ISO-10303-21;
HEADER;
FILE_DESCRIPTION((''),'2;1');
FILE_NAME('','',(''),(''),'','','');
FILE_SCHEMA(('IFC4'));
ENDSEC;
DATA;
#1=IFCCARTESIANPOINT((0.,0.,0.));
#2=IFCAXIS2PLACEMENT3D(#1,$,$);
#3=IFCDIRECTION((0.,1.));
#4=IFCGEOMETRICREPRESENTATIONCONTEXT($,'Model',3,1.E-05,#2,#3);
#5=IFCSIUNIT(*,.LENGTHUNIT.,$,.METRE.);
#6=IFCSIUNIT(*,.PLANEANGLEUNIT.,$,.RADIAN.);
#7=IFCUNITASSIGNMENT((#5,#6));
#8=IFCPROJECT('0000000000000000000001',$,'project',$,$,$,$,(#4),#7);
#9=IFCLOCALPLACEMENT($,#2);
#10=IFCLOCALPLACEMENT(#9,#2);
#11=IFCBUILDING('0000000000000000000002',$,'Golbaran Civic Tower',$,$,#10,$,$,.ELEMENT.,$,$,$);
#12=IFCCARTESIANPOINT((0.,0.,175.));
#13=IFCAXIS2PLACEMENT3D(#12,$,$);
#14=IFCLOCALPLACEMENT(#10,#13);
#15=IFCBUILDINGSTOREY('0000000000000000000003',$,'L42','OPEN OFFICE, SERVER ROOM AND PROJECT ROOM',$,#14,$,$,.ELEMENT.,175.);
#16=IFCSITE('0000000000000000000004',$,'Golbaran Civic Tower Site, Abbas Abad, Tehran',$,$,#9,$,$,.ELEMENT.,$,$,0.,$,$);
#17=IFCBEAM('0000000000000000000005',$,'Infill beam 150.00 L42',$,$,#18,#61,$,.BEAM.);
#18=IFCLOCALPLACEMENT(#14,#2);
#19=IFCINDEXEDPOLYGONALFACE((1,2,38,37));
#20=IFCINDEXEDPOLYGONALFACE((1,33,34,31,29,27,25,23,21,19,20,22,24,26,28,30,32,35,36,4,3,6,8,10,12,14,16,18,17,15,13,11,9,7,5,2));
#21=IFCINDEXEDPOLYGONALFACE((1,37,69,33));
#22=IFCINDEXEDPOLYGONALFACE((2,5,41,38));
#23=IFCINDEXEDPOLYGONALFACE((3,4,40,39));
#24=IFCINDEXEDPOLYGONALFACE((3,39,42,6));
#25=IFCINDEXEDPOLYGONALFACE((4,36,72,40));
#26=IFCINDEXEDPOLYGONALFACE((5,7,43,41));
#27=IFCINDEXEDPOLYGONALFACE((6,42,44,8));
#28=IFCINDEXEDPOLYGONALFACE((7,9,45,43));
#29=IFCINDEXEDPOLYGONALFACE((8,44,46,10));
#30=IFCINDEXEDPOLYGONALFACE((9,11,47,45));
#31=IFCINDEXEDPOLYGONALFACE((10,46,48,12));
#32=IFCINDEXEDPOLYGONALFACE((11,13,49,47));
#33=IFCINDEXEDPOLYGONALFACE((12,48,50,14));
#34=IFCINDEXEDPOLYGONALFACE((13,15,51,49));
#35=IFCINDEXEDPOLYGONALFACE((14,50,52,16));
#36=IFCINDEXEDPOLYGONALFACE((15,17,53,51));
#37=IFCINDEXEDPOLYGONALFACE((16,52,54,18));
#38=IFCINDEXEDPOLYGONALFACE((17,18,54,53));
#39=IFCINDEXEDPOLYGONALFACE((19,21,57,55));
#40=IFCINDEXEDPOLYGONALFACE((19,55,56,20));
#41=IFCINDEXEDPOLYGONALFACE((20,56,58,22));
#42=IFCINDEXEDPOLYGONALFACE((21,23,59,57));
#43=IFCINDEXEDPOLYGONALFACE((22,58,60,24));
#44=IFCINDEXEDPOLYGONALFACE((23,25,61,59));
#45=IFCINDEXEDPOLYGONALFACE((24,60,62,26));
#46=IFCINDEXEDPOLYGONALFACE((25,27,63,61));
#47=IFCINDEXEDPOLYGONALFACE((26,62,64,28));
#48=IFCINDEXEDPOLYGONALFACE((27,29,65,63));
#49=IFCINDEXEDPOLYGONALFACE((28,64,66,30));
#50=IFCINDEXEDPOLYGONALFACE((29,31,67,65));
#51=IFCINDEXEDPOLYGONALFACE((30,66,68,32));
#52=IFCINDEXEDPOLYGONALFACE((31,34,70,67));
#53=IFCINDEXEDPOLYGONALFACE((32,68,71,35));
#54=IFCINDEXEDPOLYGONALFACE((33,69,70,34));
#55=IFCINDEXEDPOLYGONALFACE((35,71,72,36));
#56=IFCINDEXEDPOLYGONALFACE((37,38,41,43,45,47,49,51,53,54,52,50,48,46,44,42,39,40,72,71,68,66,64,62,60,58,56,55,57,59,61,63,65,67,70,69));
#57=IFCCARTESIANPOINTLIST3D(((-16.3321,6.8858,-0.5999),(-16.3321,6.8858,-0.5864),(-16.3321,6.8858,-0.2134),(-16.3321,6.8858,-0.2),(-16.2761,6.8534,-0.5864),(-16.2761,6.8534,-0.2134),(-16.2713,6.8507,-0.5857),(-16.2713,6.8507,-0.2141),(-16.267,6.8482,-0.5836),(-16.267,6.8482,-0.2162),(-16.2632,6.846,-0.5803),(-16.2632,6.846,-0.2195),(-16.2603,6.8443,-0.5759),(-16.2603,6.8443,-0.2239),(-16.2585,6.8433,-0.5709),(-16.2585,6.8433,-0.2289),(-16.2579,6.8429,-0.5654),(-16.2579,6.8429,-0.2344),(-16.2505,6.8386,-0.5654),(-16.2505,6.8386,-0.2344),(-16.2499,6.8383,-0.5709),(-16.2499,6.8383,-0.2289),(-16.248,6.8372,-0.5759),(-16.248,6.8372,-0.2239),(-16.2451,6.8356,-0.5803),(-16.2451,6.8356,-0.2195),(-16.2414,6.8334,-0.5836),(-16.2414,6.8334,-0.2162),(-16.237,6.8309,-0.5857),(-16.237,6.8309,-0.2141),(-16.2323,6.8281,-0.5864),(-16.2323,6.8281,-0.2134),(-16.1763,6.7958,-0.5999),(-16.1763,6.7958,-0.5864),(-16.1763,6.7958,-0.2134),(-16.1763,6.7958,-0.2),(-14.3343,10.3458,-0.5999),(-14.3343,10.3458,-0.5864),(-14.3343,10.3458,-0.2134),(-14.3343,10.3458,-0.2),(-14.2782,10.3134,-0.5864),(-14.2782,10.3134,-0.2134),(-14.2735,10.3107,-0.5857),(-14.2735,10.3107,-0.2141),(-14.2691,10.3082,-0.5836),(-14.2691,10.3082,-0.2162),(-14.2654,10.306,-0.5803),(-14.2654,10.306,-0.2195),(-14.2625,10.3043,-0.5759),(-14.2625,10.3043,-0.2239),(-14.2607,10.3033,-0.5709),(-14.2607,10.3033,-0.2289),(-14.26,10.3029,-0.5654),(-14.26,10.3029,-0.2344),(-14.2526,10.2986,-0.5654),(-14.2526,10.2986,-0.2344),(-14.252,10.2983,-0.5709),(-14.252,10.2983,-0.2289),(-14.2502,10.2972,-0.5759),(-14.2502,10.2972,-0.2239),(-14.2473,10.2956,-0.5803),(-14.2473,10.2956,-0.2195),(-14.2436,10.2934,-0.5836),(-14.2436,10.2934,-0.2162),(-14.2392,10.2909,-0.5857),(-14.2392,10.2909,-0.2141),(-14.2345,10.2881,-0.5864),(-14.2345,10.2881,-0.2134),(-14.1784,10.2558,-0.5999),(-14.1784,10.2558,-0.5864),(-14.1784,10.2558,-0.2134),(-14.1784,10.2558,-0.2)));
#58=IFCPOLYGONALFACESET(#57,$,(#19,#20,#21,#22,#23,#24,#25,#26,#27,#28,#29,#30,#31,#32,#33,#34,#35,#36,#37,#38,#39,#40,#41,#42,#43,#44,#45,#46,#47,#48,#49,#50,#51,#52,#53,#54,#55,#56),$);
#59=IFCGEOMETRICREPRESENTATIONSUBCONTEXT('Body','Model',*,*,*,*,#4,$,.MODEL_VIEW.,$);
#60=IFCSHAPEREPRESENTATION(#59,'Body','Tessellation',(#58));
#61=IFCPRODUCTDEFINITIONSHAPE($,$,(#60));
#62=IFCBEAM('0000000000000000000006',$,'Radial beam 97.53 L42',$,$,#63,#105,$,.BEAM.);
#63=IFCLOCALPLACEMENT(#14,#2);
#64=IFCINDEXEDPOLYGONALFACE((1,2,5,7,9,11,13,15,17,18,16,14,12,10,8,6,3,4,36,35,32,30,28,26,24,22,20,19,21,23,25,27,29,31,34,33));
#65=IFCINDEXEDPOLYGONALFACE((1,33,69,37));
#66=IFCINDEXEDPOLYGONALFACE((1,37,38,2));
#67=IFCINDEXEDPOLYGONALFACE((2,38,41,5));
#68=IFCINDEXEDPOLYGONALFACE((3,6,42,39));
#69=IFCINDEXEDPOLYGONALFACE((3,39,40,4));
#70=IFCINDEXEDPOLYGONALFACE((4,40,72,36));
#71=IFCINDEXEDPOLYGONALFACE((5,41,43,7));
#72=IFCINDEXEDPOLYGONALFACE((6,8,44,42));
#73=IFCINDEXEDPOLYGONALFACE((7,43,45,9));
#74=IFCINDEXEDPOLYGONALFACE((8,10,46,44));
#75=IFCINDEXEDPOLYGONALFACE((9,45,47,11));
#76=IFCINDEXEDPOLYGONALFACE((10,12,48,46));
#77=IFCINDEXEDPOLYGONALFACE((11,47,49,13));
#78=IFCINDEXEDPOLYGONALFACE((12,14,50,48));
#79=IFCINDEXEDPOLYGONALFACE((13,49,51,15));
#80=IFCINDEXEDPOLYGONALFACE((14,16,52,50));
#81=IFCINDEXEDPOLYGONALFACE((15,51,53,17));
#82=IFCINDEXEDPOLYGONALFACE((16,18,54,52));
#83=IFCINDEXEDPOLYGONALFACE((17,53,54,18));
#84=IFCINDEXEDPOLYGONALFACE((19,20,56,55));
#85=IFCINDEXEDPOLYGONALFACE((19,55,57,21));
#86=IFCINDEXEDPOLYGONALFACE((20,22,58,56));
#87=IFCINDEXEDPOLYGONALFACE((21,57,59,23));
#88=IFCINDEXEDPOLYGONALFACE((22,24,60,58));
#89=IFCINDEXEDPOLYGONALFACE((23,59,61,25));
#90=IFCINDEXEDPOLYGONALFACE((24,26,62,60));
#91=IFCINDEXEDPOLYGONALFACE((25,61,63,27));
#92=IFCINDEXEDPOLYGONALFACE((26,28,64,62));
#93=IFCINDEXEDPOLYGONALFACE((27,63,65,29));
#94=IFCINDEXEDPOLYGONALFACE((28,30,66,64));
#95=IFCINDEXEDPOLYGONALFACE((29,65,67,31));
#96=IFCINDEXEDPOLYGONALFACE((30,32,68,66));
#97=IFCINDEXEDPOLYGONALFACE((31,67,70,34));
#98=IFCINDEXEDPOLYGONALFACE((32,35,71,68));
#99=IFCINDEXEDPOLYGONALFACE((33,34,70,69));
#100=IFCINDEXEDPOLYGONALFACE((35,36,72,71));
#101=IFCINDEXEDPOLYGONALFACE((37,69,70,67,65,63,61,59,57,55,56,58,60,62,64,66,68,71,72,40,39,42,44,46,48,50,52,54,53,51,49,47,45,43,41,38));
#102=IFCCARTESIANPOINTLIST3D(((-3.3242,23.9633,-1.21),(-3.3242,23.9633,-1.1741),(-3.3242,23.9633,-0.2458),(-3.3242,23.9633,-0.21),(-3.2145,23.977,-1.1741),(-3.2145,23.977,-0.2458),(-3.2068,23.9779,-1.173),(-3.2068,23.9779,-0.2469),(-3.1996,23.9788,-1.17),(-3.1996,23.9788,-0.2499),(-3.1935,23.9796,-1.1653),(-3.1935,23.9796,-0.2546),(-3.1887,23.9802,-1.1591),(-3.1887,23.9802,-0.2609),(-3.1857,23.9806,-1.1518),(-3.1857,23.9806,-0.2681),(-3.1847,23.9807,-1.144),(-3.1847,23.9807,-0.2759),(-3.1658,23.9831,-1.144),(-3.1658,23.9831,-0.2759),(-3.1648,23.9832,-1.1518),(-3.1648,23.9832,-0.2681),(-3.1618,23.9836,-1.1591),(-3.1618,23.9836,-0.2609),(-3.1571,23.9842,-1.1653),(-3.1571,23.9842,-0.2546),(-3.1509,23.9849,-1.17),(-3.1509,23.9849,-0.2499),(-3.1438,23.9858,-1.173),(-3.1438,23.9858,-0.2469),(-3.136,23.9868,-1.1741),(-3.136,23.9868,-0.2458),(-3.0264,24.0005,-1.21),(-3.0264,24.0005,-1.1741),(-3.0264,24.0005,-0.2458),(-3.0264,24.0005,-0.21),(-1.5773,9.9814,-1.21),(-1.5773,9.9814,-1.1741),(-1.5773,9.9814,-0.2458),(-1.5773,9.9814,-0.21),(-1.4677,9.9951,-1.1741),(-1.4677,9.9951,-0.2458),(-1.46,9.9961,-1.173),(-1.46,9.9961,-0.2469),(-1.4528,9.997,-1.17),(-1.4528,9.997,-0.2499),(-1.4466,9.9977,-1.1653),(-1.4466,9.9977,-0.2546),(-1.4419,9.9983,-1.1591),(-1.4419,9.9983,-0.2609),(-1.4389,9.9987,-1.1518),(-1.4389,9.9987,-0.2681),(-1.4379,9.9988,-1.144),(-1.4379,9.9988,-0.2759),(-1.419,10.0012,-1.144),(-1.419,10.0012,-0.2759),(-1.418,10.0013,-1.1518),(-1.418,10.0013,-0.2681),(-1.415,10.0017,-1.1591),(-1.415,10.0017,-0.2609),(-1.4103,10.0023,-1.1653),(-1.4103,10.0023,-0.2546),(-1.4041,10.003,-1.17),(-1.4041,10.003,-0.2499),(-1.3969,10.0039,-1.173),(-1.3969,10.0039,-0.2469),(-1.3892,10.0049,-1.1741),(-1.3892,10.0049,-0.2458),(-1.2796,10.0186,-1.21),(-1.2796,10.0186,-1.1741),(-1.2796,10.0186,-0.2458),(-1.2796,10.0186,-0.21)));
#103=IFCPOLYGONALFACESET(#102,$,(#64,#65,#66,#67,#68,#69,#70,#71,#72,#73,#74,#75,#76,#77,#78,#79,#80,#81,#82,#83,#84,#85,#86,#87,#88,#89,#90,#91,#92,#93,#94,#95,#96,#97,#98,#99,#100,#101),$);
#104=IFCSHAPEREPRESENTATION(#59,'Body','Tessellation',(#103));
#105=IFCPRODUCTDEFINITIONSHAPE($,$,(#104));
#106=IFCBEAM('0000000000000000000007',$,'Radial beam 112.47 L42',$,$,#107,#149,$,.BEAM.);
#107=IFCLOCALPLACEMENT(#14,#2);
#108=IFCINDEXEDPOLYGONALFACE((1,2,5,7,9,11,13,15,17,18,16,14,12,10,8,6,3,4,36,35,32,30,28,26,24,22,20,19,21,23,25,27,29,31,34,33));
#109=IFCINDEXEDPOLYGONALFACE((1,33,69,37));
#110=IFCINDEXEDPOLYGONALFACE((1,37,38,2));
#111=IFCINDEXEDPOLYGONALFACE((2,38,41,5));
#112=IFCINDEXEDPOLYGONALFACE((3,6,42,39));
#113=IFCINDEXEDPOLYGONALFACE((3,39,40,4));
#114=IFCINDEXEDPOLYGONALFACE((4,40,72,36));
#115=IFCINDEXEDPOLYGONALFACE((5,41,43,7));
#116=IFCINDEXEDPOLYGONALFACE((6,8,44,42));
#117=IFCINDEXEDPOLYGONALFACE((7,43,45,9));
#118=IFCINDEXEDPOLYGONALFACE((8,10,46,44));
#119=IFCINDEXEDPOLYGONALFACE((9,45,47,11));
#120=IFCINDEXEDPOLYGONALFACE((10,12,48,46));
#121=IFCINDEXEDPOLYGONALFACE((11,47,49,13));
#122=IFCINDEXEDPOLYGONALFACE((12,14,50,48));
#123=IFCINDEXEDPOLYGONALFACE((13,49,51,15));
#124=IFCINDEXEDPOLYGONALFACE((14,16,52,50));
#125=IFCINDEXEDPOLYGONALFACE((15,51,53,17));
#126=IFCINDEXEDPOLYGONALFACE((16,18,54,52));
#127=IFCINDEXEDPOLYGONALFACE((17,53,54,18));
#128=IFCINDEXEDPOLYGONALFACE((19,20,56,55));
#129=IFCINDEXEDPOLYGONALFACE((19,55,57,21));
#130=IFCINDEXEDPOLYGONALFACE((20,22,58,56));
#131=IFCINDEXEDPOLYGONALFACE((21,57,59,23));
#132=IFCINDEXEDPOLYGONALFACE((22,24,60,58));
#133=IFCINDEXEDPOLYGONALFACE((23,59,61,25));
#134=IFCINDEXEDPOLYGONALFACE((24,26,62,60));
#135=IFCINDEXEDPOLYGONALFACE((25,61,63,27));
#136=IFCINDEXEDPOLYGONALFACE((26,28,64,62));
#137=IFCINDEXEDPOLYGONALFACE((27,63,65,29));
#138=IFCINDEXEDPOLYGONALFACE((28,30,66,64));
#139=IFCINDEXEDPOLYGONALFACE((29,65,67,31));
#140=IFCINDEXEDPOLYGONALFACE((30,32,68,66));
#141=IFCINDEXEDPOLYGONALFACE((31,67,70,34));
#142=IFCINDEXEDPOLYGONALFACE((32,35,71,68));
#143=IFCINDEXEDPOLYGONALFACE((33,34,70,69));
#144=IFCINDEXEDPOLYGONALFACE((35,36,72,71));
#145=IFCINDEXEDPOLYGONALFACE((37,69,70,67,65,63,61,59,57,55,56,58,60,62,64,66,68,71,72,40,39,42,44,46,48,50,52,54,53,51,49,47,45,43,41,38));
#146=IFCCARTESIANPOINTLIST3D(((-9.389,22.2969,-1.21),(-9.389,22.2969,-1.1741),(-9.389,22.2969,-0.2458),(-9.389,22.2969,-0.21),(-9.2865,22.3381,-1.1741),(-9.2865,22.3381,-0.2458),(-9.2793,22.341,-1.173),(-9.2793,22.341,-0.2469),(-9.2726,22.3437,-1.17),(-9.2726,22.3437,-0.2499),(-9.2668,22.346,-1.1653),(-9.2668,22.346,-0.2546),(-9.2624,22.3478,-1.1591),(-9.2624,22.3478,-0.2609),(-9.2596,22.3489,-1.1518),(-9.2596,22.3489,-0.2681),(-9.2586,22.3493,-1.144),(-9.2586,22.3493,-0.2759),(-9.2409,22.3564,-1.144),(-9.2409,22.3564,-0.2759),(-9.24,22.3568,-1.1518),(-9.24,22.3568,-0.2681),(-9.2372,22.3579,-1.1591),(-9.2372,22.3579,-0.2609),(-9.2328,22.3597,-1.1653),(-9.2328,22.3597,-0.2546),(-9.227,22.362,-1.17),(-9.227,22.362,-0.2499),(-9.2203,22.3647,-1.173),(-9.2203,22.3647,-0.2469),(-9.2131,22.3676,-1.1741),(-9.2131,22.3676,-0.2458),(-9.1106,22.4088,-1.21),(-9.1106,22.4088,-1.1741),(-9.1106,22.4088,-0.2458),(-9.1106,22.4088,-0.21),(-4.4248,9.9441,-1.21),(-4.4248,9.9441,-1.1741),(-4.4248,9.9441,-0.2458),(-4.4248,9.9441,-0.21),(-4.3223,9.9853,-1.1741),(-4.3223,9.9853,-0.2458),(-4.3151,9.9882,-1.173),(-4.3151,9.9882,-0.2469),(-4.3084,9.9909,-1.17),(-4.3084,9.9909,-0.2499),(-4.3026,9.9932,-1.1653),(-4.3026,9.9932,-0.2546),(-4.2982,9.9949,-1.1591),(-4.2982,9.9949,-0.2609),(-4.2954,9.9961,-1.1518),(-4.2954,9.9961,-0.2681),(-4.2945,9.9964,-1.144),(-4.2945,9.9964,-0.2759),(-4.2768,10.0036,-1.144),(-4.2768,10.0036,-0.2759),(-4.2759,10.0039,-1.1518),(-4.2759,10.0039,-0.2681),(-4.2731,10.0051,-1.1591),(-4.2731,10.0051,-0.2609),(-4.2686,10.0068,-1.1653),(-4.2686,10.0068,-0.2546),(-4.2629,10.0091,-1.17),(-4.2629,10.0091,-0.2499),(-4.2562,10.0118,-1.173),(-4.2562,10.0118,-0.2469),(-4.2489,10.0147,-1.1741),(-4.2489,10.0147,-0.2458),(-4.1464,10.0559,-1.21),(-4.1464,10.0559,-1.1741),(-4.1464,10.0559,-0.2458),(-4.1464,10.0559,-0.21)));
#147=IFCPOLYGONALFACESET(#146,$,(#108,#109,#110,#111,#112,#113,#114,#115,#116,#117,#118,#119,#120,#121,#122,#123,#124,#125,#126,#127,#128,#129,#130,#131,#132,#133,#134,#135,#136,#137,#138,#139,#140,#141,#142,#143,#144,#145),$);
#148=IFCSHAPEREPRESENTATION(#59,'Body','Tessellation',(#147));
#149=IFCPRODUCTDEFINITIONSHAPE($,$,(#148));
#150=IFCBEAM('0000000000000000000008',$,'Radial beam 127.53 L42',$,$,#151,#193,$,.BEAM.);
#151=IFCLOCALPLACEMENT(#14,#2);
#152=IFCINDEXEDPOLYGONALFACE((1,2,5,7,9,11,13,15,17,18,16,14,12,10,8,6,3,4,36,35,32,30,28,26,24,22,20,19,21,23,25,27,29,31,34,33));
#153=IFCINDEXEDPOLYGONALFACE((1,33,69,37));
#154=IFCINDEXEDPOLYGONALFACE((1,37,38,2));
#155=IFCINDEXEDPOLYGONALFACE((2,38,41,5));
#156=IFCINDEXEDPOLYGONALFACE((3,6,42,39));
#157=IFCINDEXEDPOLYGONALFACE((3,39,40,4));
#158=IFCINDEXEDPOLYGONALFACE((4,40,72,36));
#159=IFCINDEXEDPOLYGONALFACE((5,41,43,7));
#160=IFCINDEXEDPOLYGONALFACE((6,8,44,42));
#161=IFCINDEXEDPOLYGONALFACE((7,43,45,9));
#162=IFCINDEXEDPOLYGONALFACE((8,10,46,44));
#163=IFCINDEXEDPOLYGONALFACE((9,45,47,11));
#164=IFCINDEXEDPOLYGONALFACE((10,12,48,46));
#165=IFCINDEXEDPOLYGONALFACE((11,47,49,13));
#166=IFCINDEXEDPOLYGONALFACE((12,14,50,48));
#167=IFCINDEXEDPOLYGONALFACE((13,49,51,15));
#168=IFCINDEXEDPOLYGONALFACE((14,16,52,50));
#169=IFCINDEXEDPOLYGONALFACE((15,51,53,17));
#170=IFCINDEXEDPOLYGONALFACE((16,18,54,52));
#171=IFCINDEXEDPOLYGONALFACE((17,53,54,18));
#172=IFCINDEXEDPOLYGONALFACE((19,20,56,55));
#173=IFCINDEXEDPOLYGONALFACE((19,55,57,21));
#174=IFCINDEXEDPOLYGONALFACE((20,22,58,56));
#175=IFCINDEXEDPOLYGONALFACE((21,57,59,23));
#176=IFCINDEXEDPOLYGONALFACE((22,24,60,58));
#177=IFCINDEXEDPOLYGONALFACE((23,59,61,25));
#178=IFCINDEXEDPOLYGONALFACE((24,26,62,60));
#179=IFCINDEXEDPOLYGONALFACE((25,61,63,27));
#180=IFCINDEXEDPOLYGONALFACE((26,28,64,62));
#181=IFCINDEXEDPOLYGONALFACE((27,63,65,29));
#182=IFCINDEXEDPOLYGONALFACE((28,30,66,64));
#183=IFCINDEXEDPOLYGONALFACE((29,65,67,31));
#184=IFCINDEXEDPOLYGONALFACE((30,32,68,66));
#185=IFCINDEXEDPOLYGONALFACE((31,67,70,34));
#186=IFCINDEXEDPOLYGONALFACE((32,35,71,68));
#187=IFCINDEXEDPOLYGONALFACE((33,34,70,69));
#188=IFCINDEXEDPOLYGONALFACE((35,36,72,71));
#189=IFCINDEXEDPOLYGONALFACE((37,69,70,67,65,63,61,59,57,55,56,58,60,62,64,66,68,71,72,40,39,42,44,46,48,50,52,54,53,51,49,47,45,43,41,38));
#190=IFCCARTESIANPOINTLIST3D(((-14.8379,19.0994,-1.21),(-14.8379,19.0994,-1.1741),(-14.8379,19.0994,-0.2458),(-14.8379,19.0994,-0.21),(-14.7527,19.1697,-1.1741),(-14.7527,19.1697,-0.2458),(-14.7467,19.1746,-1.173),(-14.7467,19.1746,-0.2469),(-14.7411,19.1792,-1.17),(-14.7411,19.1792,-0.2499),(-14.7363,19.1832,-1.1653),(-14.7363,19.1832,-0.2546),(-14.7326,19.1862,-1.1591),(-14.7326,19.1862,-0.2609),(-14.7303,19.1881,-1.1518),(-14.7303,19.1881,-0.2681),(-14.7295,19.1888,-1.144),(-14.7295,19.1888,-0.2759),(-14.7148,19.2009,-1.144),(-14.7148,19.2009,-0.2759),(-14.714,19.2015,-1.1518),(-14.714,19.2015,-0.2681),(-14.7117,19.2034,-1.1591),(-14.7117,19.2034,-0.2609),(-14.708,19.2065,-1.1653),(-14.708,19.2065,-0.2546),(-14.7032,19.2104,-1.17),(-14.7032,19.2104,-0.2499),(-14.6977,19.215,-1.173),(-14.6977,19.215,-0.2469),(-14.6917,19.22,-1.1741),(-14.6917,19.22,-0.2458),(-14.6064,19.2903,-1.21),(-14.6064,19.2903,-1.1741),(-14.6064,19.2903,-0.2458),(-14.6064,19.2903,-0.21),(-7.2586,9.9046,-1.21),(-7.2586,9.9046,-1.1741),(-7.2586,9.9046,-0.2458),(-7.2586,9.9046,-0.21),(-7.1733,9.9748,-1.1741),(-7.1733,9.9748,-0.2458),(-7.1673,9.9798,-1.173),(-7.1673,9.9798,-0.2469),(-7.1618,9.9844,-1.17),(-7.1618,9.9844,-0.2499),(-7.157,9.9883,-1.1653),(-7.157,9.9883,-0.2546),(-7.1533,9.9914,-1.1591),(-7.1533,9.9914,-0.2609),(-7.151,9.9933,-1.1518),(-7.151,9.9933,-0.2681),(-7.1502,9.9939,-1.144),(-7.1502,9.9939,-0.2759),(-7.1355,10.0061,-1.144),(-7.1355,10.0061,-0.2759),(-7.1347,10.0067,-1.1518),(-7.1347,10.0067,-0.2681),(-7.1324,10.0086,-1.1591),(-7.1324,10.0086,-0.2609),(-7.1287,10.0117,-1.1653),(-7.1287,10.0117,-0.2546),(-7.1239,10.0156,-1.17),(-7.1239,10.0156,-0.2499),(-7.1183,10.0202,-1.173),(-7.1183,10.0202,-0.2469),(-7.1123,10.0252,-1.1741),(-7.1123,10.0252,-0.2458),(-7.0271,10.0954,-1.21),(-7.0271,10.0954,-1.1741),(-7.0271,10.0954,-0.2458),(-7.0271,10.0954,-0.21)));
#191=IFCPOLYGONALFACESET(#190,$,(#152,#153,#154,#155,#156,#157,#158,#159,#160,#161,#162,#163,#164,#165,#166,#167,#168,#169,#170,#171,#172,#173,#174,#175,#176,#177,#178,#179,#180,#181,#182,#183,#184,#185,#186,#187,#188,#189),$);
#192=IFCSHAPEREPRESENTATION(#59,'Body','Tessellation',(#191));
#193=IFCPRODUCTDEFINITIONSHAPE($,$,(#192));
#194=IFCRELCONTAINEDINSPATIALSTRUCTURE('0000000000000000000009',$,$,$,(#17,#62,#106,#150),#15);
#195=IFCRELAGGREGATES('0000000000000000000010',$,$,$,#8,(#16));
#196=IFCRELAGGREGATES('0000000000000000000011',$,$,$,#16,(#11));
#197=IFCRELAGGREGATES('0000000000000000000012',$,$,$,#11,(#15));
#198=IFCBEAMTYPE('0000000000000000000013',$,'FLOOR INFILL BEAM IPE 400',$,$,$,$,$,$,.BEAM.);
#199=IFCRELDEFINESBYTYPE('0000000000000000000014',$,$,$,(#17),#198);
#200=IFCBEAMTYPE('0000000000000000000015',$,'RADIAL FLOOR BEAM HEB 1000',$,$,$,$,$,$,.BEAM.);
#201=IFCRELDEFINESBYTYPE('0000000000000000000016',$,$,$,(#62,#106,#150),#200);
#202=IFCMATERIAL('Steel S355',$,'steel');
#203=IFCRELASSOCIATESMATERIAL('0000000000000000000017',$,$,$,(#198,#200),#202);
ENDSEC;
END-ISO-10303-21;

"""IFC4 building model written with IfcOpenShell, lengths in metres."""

from ifc_helpers import new_model, si_unit, direction, frame, origin, origin_2d, place, context, subcontext, project, spatial, i_section, extrude, material, material_profile, profile_set, type_object, element, save


model = new_model("IFC4")

# Units and contexts
model_context = context("Model", 3, precision=1e-05, world=origin(), true_north=direction((0.0, 1.0)))
body_context = subcontext(model_context, "Body", "Model", "MODEL_VIEW")
ifc_project = project(units=[si_unit("LENGTHUNIT", "METRE"), si_unit("PLANEANGLEUNIT", "RADIAN")], contexts=[model_context])

# Site, building, storey
site_placement = place(None, origin())
site = spatial("IfcSite", under=ifc_project, at=site_placement, Name="Golbaran Civic Tower Site, Abbas Abad, Tehran", CompositionType="ELEMENT", RefElevation=0.0)
building_placement = place(site_placement, origin())
building = spatial("IfcBuilding", under=site, at=building_placement, Name="Golbaran Civic Tower", CompositionType="ELEMENT")
storey_placement = place(building_placement, frame((0.0, 0.0, 175.0)))
storey = spatial("IfcBuildingStorey", under=building, at=storey_placement, Name="L42", Description="OPEN OFFICE, SERVER ROOM AND PROJECT ROOM", CompositionType="ELEMENT", Elevation=175.0)

# Beams
ifc_material_1 = material(Name="Steel S355", Category="steel")
ifc_material_profile_1 = material_profile(ifc_material_1, i_section(OverallWidth=0.1799, OverallDepth=0.3999, WebThickness=0.0085, FlangeThickness=0.0134, FilletRadius=0.021, at=origin_2d()), Name="IPE 400")
ifc_profile_set_1 = profile_set([ifc_material_profile_1], Name="Steel S355")
beam_type_1 = type_object("IfcBeamType", Name="FLOOR INFILL BEAM IPE 400", PredefinedType="BEAM", material=ifc_profile_set_1)
beam_1_placement = place(storey_placement, frame((-14.2563, 10.3008, -0.3999), z_axis=(-0.500036, -0.866004, 0.0), x_axis=(0.866004, -0.500036, 0.0)))
element("IfcBeam", 1, at=beam_1_placement, inside=storey, type_object=beam_type_1, Name="Infill beam 150.00 L42", PredefinedType="BEAM", context=body_context, shape_type="SweptSolid", body=[
    extrude(i_section(OverallWidth=0.1799, OverallDepth=0.3999, WebThickness=0.0085, FlangeThickness=0.0134, FilletRadius=0.021, at=origin_2d()), origin(), (0.0, 0.0, 1.0), 3.9954),
])
ifc_material_profile_2 = material_profile(ifc_material_1, i_section(OverallWidth=0.3, OverallDepth=1.0, WebThickness=0.019, FlangeThickness=0.0359, FilletRadius=0.03, at=origin_2d()), Name="HEB 1000")
ifc_profile_set_2 = profile_set([ifc_material_profile_2], Name="Steel S355")
beam_type_2 = type_object("IfcBeamType", Name="RADIAL FLOOR BEAM HEB 1000", PredefinedType="BEAM", material=ifc_profile_set_2)
beam_2_placement = place(storey_placement, frame((-1.4285, 10.0, -0.71), z_axis=(-0.123971, 0.992286, 0.0), x_axis=(-0.992286, -0.123971, 0.0)))
element("IfcBeam", 2, at=beam_2_placement, inside=storey, type_object=beam_type_2, Name="Radial beam 97.53 L42", PredefinedType="BEAM", context=body_context, shape_type="SweptSolid", body=[
    extrude(i_section(OverallWidth=0.3, OverallDepth=1.0, WebThickness=0.019, FlangeThickness=0.0359, FilletRadius=0.03, at=origin_2d()), origin(), (0.0, 0.0, 1.0), 14.0906),
])
beam_3_placement = place(storey_placement, frame((-4.2856, 10.0, -0.71), z_axis=(-0.372879, 0.92788, 0.0), x_axis=(-0.92788, -0.372879, 0.0)))
element("IfcBeam", 3, at=beam_3_placement, inside=storey, type_object=beam_type_2, Name="Radial beam 112.47 L42", PredefinedType="BEAM", context=body_context, shape_type="SweptSolid", body=[
    extrude(i_section(OverallWidth=0.3, OverallDepth=1.0, WebThickness=0.019, FlangeThickness=0.0359, FilletRadius=0.03, at=origin_2d()), origin(), (0.0, 0.0, 1.0), 13.313),
])
beam_4_placement = place(storey_placement, frame((-7.1428, 10.0, -0.71), z_axis=(-0.636064, 0.771636, 0.0), x_axis=(-0.771636, -0.636064, 0.0)))
element("IfcBeam", 4, at=beam_4_placement, inside=storey, type_object=beam_type_2, Name="Radial beam 127.53 L42", PredefinedType="BEAM", context=body_context, shape_type="SweptSolid", body=[
    extrude(i_section(OverallWidth=0.3, OverallDepth=1.0, WebThickness=0.019, FlangeThickness=0.0359, FilletRadius=0.03, at=origin_2d()), origin(), (0.0, 0.0, 1.0), 11.916),
])

save(model, "model.ifc")
